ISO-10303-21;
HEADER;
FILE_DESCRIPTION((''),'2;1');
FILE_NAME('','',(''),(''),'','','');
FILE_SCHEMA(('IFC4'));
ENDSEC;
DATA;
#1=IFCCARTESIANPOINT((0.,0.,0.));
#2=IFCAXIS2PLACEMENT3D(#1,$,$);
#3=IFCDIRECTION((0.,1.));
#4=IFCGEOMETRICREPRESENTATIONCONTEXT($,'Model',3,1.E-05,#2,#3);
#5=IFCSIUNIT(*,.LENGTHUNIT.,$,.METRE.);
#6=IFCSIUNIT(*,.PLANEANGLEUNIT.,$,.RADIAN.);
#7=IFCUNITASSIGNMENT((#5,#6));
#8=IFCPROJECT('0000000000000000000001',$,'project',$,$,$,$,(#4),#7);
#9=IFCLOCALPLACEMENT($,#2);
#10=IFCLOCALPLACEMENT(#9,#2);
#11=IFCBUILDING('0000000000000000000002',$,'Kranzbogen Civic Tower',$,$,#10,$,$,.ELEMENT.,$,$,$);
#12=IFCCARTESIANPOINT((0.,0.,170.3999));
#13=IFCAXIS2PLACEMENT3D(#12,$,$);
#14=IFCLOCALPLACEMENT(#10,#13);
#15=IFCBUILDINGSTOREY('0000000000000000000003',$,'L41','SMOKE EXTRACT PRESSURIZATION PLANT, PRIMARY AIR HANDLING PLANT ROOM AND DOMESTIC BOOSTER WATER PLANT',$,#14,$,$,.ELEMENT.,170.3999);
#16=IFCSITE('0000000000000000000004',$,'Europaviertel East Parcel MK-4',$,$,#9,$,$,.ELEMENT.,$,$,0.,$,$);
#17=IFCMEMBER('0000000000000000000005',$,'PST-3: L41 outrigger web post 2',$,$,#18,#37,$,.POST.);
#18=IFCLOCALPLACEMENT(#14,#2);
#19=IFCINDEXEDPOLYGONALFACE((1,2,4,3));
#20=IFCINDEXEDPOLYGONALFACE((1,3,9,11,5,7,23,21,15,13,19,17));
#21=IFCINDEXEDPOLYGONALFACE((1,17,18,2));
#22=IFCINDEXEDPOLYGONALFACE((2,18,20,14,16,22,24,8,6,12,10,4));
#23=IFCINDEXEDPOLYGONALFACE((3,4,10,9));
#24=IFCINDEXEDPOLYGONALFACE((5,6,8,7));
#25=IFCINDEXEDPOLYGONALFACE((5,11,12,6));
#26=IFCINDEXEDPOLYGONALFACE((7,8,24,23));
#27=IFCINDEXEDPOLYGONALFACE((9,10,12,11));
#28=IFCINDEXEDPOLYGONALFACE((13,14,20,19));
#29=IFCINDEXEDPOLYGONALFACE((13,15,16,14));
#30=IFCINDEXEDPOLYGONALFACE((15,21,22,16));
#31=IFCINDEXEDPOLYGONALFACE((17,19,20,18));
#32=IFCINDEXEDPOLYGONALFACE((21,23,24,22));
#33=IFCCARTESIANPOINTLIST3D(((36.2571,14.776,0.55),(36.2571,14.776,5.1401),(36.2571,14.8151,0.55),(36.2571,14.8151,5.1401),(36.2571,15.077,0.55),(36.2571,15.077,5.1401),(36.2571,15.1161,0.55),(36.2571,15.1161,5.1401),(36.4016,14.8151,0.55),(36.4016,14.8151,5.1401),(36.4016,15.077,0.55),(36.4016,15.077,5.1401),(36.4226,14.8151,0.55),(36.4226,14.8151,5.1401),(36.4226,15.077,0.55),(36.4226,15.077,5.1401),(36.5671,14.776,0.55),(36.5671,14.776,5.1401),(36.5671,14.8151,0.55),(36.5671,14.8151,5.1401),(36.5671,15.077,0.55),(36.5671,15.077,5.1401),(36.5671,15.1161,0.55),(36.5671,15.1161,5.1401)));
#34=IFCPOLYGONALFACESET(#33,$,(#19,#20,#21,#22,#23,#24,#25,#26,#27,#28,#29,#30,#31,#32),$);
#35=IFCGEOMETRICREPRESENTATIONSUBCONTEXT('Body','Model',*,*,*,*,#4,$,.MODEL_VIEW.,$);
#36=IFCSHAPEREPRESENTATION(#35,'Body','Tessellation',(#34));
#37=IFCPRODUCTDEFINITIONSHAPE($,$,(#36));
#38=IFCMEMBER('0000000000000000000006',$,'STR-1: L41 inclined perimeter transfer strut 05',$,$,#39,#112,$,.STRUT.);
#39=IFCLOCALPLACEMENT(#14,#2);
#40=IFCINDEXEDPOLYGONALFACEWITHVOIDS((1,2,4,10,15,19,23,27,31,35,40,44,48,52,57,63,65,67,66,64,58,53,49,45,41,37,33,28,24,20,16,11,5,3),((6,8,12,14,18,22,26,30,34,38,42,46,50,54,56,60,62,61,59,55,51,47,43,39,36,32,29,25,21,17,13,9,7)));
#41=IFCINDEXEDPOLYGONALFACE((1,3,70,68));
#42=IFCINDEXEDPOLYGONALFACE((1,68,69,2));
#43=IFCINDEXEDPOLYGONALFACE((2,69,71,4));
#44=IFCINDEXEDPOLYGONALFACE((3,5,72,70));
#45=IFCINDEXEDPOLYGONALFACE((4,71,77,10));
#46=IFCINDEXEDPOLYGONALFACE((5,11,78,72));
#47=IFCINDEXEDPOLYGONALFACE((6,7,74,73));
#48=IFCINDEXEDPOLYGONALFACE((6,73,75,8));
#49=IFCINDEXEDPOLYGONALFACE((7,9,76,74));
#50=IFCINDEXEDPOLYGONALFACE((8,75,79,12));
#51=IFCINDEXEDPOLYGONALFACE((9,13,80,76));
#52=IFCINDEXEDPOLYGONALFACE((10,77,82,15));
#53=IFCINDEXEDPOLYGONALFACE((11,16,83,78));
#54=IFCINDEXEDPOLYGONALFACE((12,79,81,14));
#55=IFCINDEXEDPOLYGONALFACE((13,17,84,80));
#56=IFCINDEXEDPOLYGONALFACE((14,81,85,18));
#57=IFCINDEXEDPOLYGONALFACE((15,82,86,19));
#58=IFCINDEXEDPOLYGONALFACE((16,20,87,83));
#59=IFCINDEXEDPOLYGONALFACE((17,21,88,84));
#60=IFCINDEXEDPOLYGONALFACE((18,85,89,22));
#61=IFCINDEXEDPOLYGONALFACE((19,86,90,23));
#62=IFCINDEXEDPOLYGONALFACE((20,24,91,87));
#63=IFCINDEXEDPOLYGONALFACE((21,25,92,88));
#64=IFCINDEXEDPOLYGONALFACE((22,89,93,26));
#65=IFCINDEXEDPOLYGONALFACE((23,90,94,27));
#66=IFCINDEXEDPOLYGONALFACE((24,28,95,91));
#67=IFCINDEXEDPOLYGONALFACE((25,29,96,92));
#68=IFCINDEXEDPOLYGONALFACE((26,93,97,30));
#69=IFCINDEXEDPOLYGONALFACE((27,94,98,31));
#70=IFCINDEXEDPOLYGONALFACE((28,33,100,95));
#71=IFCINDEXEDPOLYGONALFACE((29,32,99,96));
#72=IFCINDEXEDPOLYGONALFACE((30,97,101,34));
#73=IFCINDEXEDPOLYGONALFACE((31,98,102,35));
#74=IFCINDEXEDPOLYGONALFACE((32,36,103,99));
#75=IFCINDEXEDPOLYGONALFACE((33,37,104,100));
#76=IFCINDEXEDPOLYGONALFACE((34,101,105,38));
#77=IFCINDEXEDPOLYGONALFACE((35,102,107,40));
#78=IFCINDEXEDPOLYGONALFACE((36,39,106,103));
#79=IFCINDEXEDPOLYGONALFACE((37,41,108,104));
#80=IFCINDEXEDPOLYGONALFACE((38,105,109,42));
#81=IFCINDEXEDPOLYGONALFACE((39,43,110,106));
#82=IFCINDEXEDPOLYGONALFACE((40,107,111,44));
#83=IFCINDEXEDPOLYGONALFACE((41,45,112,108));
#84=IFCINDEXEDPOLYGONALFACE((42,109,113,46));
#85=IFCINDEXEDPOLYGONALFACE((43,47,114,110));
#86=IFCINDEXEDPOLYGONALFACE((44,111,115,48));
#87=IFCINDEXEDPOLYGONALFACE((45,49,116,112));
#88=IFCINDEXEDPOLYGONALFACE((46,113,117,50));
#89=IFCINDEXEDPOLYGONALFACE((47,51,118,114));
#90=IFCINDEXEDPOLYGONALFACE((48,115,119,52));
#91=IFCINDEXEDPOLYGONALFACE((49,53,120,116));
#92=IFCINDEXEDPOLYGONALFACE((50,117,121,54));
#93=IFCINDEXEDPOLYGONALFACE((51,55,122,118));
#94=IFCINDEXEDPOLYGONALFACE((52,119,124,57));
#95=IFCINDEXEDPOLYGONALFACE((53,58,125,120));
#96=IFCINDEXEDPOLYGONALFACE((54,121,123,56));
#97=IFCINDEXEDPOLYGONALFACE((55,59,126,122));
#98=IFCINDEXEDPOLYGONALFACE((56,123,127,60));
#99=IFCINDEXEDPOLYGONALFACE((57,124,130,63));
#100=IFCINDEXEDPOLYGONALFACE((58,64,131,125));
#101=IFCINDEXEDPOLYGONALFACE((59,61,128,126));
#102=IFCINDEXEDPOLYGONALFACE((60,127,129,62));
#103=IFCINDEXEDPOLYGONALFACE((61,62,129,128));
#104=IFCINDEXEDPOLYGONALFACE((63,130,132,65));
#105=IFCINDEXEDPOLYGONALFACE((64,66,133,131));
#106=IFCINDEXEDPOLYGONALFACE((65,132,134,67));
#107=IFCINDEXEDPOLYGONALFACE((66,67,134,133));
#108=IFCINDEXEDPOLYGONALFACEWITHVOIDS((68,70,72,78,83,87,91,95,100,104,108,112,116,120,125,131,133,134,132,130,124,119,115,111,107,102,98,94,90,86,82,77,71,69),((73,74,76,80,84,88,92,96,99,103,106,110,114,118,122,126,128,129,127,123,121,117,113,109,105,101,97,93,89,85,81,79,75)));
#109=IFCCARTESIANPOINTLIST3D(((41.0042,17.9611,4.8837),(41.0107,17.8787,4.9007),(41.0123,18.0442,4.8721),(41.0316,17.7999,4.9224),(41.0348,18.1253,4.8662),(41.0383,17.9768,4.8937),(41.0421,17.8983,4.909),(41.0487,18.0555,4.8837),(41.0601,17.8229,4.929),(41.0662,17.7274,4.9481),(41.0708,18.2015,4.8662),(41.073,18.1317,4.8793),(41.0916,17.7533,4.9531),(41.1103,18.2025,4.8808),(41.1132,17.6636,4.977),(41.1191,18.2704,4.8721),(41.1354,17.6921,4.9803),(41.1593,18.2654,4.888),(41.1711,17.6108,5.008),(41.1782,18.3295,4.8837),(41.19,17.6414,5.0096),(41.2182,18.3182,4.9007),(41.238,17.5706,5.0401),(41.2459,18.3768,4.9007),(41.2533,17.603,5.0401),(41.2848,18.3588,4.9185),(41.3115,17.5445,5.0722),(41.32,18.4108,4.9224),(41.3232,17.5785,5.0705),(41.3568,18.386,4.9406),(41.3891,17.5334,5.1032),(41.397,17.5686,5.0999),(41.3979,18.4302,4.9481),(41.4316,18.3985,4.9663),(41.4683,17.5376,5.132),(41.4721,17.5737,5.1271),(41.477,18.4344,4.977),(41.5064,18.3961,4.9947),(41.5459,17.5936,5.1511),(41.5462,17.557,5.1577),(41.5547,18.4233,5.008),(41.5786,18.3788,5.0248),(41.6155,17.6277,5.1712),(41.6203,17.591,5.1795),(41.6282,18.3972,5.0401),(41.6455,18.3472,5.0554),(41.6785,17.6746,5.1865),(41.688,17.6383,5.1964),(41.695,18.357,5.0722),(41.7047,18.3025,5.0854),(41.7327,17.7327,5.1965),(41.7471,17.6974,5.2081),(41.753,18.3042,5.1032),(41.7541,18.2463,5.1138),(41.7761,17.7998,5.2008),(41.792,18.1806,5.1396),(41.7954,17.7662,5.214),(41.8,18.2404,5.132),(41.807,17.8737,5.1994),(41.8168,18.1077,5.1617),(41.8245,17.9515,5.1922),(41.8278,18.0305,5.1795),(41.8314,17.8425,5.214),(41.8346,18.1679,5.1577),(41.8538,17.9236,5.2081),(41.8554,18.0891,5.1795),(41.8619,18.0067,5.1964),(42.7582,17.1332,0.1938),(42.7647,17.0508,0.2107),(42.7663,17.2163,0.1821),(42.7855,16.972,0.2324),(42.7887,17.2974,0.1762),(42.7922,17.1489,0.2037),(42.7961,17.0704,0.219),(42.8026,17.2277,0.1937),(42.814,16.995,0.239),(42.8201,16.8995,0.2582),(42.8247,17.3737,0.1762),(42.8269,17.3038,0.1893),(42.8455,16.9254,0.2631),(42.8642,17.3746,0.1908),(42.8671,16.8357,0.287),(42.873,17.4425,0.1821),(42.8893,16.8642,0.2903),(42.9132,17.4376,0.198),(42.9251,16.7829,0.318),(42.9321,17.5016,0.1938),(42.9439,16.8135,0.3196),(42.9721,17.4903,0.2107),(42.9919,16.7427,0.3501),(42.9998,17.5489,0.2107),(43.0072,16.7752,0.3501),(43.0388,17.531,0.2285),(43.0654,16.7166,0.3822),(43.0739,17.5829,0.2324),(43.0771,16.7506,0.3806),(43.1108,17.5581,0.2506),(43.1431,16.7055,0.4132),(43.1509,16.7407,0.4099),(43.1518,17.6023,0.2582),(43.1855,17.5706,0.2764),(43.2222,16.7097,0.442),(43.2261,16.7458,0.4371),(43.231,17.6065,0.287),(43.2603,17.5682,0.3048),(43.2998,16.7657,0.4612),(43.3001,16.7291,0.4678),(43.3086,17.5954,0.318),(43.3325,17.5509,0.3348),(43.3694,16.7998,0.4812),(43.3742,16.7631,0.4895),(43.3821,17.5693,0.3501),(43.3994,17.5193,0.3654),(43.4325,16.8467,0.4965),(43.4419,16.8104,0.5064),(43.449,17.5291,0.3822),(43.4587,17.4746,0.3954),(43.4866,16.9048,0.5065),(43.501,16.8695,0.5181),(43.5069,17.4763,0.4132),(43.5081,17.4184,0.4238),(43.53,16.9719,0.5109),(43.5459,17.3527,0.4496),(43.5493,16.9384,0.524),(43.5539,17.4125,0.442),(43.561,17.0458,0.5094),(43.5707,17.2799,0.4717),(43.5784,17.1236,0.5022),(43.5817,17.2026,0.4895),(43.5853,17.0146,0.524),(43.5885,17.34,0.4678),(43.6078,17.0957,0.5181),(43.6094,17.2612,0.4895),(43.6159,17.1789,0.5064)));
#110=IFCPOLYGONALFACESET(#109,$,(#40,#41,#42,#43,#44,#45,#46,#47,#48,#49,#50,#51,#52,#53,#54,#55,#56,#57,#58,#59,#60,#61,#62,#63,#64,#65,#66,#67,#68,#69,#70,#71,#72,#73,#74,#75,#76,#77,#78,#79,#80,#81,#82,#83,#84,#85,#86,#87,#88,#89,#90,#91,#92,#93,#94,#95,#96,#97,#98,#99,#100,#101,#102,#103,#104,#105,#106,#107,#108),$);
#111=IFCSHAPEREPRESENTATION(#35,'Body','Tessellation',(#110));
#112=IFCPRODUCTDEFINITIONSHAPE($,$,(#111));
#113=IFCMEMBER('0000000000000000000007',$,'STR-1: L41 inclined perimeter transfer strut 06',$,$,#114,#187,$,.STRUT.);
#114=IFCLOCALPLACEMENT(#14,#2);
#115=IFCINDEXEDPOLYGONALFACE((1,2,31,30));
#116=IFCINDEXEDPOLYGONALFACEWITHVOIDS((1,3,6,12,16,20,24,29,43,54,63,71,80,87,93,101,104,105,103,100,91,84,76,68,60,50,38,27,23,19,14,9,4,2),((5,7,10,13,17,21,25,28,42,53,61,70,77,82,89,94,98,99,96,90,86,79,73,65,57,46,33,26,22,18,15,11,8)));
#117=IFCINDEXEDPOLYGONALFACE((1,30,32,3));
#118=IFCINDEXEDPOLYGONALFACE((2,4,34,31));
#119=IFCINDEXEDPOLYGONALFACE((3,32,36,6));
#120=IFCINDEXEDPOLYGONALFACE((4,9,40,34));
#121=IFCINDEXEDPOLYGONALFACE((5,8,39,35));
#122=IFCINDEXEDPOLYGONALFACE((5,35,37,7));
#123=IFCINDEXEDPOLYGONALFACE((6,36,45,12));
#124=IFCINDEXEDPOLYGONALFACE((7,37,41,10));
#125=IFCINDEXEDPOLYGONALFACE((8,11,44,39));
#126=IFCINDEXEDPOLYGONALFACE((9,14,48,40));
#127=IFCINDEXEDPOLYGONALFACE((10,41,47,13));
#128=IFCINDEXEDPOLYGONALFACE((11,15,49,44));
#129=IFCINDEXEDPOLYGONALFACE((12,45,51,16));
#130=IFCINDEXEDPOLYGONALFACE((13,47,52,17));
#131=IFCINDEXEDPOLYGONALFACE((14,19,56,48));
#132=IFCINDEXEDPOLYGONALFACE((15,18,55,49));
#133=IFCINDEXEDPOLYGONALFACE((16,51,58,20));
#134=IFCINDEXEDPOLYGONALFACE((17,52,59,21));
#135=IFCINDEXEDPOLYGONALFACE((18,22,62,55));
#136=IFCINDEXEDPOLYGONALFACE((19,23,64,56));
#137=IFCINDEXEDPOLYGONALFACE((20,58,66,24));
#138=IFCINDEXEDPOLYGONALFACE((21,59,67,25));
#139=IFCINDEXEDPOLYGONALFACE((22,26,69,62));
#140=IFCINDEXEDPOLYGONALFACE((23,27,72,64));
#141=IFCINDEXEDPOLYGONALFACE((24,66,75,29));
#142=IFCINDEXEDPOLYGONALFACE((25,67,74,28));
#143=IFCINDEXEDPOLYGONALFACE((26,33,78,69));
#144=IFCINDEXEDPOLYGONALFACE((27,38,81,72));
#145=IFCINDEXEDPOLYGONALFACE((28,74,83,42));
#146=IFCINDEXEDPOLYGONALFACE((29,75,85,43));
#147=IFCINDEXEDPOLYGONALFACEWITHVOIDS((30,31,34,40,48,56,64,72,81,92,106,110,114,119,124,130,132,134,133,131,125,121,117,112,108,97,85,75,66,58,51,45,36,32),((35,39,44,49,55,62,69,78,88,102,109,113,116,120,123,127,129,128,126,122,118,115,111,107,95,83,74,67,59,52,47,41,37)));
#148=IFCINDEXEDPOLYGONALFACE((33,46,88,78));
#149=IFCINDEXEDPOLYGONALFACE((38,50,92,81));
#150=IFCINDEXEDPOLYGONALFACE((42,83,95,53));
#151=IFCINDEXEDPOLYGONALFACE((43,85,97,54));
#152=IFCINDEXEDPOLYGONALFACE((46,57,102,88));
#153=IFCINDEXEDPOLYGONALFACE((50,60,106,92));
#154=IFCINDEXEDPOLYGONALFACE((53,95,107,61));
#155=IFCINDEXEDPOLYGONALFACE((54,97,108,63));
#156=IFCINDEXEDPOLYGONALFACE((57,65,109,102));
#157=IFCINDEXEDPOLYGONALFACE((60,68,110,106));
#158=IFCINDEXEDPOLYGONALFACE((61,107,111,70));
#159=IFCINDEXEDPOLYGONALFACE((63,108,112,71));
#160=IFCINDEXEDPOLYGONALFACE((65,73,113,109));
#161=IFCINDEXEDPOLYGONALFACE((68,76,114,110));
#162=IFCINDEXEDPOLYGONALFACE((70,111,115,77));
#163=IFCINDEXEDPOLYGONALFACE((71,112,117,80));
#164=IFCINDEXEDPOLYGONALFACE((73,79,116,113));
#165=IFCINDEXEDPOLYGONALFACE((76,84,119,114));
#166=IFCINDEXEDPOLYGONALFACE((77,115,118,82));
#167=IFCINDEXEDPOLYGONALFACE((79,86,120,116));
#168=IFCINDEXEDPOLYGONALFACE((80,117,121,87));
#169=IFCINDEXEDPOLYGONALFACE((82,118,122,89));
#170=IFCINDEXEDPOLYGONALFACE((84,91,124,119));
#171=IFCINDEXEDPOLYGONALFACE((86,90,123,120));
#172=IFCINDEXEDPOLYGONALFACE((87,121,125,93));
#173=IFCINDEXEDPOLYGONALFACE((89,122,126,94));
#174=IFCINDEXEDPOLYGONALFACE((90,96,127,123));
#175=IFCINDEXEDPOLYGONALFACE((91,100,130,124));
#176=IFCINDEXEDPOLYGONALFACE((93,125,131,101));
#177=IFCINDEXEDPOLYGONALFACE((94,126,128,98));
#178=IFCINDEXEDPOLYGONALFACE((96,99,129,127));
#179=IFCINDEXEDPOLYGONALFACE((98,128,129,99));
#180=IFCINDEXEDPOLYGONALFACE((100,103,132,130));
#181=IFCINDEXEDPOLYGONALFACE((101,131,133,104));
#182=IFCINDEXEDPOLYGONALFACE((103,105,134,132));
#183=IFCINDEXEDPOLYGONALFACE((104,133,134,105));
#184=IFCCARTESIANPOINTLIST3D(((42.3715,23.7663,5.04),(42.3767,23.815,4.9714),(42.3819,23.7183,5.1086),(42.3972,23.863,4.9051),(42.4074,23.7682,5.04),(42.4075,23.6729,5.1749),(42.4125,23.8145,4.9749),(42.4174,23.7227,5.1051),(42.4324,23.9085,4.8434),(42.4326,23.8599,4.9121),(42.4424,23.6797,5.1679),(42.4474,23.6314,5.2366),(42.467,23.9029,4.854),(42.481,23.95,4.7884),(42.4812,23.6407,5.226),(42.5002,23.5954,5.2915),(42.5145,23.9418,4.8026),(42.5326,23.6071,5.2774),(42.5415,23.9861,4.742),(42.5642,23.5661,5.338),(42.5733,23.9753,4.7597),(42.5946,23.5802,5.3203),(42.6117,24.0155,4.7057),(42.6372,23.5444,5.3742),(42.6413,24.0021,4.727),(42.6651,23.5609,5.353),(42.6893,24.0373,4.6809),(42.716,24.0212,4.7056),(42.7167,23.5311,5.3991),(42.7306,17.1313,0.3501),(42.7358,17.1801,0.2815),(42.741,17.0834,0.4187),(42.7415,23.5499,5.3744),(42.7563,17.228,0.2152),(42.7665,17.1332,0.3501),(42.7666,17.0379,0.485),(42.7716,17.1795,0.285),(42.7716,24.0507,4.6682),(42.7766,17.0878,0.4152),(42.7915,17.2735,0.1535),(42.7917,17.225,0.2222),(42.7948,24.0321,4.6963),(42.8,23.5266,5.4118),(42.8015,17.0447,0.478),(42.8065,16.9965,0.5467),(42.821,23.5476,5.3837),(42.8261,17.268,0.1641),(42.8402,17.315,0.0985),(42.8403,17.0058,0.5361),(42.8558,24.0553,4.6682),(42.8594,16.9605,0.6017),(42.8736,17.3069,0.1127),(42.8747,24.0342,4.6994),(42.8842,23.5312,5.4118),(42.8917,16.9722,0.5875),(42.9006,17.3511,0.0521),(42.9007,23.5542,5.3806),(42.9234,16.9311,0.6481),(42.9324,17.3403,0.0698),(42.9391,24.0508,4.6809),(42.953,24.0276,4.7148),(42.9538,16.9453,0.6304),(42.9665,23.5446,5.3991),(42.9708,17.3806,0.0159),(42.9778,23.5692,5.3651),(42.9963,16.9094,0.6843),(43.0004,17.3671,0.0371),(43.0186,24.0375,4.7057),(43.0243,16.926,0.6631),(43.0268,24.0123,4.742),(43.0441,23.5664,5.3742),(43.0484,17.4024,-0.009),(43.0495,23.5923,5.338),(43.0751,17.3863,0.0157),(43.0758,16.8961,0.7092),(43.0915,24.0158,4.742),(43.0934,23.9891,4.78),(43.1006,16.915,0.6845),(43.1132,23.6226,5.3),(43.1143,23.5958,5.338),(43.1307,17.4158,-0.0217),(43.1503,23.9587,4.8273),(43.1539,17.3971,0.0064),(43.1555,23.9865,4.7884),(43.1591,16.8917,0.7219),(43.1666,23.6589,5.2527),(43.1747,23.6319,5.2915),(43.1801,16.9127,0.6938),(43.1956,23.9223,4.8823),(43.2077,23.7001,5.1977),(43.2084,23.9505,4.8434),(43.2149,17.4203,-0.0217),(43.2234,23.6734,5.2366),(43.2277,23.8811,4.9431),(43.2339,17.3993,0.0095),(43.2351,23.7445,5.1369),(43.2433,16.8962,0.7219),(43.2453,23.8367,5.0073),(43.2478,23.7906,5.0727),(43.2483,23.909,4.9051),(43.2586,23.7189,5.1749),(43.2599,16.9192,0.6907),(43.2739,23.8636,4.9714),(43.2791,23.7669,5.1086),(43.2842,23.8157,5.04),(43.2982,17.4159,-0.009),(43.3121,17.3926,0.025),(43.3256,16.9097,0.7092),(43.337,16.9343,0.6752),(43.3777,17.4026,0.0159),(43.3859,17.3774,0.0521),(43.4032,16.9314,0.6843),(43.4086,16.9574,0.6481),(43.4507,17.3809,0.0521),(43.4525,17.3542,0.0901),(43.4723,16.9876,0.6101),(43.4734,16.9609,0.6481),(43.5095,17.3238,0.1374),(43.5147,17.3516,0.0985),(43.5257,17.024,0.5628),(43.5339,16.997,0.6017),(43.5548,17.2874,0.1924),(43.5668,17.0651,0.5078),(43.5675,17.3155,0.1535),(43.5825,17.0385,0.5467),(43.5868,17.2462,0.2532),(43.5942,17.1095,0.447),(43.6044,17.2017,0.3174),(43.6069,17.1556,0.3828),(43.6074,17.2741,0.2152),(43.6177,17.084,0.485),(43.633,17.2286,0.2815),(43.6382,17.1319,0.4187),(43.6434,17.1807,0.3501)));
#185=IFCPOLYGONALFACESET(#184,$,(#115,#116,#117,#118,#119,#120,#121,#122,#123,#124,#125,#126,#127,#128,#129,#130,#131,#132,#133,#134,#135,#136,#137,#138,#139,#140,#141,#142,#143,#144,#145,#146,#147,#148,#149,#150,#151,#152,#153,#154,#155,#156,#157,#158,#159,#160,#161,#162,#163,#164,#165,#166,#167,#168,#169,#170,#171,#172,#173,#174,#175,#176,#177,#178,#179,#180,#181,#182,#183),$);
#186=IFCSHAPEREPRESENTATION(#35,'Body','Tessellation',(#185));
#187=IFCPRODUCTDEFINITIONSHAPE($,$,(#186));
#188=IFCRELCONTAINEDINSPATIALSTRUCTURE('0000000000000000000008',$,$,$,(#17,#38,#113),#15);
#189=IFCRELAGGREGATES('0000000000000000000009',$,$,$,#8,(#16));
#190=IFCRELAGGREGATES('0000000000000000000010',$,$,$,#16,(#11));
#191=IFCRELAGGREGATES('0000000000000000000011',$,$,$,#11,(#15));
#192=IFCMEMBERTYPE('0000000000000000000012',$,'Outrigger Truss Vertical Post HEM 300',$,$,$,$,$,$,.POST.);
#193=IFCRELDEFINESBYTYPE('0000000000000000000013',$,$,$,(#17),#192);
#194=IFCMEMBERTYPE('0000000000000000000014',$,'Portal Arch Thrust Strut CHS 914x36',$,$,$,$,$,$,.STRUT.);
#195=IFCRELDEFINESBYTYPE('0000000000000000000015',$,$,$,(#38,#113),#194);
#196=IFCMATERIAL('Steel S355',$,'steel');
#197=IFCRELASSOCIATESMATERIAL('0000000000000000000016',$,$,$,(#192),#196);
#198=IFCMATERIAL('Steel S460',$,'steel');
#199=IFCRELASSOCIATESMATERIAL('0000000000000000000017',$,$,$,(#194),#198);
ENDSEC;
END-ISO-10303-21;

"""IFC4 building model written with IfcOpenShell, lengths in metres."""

from ifc_helpers import new_model, si_unit, direction, frame, origin, origin_2d, place, context, subcontext, project, spatial, hollow_circle, i_section, extrude, material, material_profile, profile_set, type_object, element, save


model = new_model("IFC4")

# Units and contexts
model_context = context("Model", 3, precision=1e-05, world=origin(), true_north=direction((0.0, 1.0)))
body_context = subcontext(model_context, "Body", "Model", "MODEL_VIEW")
ifc_project = project(units=[si_unit("LENGTHUNIT", "METRE"), si_unit("PLANEANGLEUNIT", "RADIAN")], contexts=[model_context])

# Site, building, storey
site_placement = place(None, origin())
site = spatial("IfcSite", under=ifc_project, at=site_placement, Name="Europaviertel East Parcel MK-4", CompositionType="ELEMENT", RefElevation=0.0)
building_placement = place(site_placement, origin())
building = spatial("IfcBuilding", under=site, at=building_placement, Name="Kranzbogen Civic Tower", CompositionType="ELEMENT")
storey_placement = place(building_placement, frame((0.0, 0.0, 170.3999)))
storey = spatial("IfcBuildingStorey", under=building, at=storey_placement, Name="L41", Description="SMOKE EXTRACT PRESSURIZATION PLANT, PRIMARY AIR HANDLING PLANT ROOM AND DOMESTIC BOOSTER WATER PLANT", CompositionType="ELEMENT", Elevation=170.3999)

# Shared definitions
ifc_material_1 = material(Name="Steel S355", Category="steel")

# Members
ifc_material_profile_1 = material_profile(ifc_material_1, i_section(OverallWidth=0.3101, OverallDepth=0.3401, WebThickness=0.021, FlangeThickness=0.0391, at=origin_2d()), Name="HEM 300")
ifc_profile_set_1 = profile_set([ifc_material_profile_1], Name="Steel S355")
member_type_1 = type_object("IfcMemberType", Name="Outrigger Truss Vertical Post HEM 300", PredefinedType="POST", material=ifc_profile_set_1)
member_1_placement = place(storey_placement, frame((36.4121, 14.946, 0.55), z_axis=(0.0, 0.0, 1.0), x_axis=(1.0, 0.0, 0.0)))
element("IfcMember", 1, at=member_1_placement, inside=storey, type_object=member_type_1, Name="PST-3: L41 outrigger web post 2", PredefinedType="POST", context=body_context, shape_type="SweptSolid", body=[
    extrude(i_section(OverallWidth=0.3101, OverallDepth=0.3401, WebThickness=0.021, FlangeThickness=0.0391, at=origin_2d()), origin(), (0.0, 0.0, 1.0), 4.5901),
])
ifc_material_2 = material(Name="Steel S460", Category="steel")
ifc_material_profile_2 = material_profile(ifc_material_2, hollow_circle(Radius=0.457, WallThickness=0.0359, at=origin_2d()), Name="CHS 914x36")
ifc_profile_set_2 = profile_set([ifc_material_profile_2], Name="Steel S460")
member_type_2 = type_object("IfcMemberType", Name="Portal Arch Thrust Strut CHS 914x36", PredefinedType="STRUT", material=ifc_profile_set_2)
member_2_placement = place(storey_placement, frame((43.187, 17.156, 0.3501), z_axis=(-0.345587, 0.163124, 0.924099), x_axis=(-0.426858, -0.904319, 0.0)))
element("IfcMember", 2, at=member_2_placement, inside=storey, type_object=member_type_2, Name="STR-1: L41 inclined perimeter transfer strut 05", PredefinedType="STRUT", context=body_context, shape_type="SweptSolid", body=[
    extrude(hollow_circle(Radius=0.457, WallThickness=0.0359, at=origin_2d()), origin(), (0.0, 0.0, 1.0), 5.0752),
])
member_3_placement = place(storey_placement, frame((43.187, 17.156, 0.3501), z_axis=(-0.044157, 0.8158, 0.576646), x_axis=(-0.998538, -0.054048, 0.0)))
element("IfcMember", 3, at=member_3_placement, inside=storey, type_object=member_type_2, Name="STR-1: L41 inclined perimeter transfer strut 06", PredefinedType="STRUT", context=body_context, shape_type="SweptSolid", body=[
    extrude(hollow_circle(Radius=0.457, WallThickness=0.0359, at=origin_2d()), origin(), (0.0, 0.0, 1.0), 8.1331),
])

save(model, "model.ifc")
